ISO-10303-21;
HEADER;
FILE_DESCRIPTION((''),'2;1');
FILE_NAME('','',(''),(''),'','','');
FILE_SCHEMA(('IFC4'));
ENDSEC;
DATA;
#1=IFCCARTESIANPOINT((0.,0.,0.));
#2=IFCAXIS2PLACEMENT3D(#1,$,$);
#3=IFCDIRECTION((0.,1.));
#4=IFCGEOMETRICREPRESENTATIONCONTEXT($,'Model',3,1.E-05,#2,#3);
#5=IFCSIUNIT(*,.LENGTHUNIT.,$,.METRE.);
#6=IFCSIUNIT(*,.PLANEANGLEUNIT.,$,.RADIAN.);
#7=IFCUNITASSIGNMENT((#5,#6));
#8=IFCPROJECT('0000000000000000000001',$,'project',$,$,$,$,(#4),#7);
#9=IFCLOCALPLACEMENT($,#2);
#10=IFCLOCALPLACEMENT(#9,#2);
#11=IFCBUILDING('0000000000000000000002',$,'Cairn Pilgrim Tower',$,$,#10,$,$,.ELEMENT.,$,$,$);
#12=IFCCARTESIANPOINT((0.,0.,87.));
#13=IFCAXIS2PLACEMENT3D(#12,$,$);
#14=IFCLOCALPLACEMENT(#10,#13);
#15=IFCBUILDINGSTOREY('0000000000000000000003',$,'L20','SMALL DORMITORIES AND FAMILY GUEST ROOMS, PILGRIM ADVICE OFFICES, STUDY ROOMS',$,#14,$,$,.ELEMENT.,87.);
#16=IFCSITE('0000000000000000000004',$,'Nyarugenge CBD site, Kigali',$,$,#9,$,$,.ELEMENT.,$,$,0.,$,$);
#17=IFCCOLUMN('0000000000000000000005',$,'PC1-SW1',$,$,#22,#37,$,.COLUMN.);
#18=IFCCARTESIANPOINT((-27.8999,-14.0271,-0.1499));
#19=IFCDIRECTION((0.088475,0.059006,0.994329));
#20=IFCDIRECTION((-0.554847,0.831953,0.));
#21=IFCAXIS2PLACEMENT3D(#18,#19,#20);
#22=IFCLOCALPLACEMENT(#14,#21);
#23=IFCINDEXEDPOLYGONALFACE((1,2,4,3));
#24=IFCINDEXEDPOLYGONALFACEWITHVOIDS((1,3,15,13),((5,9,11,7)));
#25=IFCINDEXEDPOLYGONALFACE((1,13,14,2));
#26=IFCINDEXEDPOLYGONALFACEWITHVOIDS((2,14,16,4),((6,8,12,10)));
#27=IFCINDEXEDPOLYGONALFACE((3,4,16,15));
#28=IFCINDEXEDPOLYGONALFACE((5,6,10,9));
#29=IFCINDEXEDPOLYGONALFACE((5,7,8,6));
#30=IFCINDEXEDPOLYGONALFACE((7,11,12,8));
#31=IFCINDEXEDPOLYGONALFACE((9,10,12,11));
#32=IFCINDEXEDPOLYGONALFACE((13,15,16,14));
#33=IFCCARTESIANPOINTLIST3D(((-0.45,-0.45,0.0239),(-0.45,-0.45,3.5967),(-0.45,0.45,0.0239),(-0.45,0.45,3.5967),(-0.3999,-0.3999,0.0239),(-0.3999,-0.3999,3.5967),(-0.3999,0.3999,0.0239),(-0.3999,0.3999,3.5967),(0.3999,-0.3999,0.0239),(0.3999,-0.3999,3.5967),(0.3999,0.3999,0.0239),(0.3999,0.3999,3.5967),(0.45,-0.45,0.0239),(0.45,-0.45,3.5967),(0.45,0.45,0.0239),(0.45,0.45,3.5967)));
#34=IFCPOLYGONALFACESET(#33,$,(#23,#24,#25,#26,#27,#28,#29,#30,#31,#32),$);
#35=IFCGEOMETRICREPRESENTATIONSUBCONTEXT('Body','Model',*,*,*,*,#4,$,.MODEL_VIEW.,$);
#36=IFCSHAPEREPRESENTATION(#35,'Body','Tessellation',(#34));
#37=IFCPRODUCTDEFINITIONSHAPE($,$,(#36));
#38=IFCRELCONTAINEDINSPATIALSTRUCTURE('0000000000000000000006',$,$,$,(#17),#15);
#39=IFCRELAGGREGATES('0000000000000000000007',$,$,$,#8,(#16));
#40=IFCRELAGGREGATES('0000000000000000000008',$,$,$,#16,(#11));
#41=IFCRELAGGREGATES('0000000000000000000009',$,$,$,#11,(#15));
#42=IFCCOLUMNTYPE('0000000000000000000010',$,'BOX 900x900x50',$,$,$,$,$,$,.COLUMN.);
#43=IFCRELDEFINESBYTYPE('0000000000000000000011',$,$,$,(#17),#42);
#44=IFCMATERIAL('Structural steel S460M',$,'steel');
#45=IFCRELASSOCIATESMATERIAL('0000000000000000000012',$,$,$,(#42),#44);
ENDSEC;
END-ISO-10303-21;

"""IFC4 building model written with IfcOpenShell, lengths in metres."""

from ifc_helpers import new_model, si_unit, direction, frame, origin, origin_2d, place, context, subcontext, project, spatial, hollow_rectangle, extrude, clip, halfspace, material, material_profile, profile_set, type_object, element, save


model = new_model("IFC4")

# Units and contexts
model_context = context("Model", 3, precision=1e-05, world=origin(), true_north=direction((0.0, 1.0)))
body_context = subcontext(model_context, "Body", "Model", "MODEL_VIEW")
ifc_project = project(units=[si_unit("LENGTHUNIT", "METRE"), si_unit("PLANEANGLEUNIT", "RADIAN")], contexts=[model_context])

# Site, building, storey
site_placement = place(None, origin())
site = spatial("IfcSite", under=ifc_project, at=site_placement, Name="Nyarugenge CBD site, Kigali", CompositionType="ELEMENT", RefElevation=0.0)
building_placement = place(site_placement, origin())
building = spatial("IfcBuilding", under=site, at=building_placement, Name="Cairn Pilgrim Tower", CompositionType="ELEMENT")
storey_placement = place(building_placement, frame((0.0, 0.0, 87.0)))
storey = spatial("IfcBuildingStorey", under=building, at=storey_placement, Name="L20", Description="SMALL DORMITORIES AND FAMILY GUEST ROOMS, PILGRIM ADVICE OFFICES, STUDY ROOMS", CompositionType="ELEMENT", Elevation=87.0)

# Column
ifc_material_1 = material(Name="Structural steel S460M", Category="steel")
ifc_material_profile_1 = material_profile(ifc_material_1, hollow_rectangle(XDim=0.8999, YDim=0.8999, WallThickness=0.05, at=origin_2d()), Name="BOX 900x900x50")
ifc_profile_set_1 = profile_set([ifc_material_profile_1], Name="Structural steel S460M")
column_type = type_object("IfcColumnType", Name="BOX 900x900x50", PredefinedType="COLUMN", material=ifc_profile_set_1)
column_placement = place(storey_placement, frame((-27.8999, -14.0271, -0.1499), z_axis=(0.088475, 0.059006, 0.994329), x_axis=(-0.554847, 0.831953, 0.0)))
element("IfcColumn", 1, at=column_placement, inside=storey, type_object=column_type, Name="PC1-SW1", PredefinedType="COLUMN", context=body_context, shape_type="Clipping", body=[
    clip(clip(extrude(hollow_rectangle(XDim=0.8999, YDim=0.8999, WallThickness=0.05, at=origin_2d()), origin(), (0.0, 0.0, 1.0), 3.6204), halfspace(frame((0.0, 0.0, 0.0239), z_axis=(0.0, 0.0, 1.0), x_axis=(1.0, 0.0, 0.0)), True)), halfspace(frame((0.0, 0.0, 3.5967), z_axis=(0.0, 0.0, 1.0), x_axis=(1.0, 0.0, 0.0)), False)),
])

save(model, "model.ifc")
